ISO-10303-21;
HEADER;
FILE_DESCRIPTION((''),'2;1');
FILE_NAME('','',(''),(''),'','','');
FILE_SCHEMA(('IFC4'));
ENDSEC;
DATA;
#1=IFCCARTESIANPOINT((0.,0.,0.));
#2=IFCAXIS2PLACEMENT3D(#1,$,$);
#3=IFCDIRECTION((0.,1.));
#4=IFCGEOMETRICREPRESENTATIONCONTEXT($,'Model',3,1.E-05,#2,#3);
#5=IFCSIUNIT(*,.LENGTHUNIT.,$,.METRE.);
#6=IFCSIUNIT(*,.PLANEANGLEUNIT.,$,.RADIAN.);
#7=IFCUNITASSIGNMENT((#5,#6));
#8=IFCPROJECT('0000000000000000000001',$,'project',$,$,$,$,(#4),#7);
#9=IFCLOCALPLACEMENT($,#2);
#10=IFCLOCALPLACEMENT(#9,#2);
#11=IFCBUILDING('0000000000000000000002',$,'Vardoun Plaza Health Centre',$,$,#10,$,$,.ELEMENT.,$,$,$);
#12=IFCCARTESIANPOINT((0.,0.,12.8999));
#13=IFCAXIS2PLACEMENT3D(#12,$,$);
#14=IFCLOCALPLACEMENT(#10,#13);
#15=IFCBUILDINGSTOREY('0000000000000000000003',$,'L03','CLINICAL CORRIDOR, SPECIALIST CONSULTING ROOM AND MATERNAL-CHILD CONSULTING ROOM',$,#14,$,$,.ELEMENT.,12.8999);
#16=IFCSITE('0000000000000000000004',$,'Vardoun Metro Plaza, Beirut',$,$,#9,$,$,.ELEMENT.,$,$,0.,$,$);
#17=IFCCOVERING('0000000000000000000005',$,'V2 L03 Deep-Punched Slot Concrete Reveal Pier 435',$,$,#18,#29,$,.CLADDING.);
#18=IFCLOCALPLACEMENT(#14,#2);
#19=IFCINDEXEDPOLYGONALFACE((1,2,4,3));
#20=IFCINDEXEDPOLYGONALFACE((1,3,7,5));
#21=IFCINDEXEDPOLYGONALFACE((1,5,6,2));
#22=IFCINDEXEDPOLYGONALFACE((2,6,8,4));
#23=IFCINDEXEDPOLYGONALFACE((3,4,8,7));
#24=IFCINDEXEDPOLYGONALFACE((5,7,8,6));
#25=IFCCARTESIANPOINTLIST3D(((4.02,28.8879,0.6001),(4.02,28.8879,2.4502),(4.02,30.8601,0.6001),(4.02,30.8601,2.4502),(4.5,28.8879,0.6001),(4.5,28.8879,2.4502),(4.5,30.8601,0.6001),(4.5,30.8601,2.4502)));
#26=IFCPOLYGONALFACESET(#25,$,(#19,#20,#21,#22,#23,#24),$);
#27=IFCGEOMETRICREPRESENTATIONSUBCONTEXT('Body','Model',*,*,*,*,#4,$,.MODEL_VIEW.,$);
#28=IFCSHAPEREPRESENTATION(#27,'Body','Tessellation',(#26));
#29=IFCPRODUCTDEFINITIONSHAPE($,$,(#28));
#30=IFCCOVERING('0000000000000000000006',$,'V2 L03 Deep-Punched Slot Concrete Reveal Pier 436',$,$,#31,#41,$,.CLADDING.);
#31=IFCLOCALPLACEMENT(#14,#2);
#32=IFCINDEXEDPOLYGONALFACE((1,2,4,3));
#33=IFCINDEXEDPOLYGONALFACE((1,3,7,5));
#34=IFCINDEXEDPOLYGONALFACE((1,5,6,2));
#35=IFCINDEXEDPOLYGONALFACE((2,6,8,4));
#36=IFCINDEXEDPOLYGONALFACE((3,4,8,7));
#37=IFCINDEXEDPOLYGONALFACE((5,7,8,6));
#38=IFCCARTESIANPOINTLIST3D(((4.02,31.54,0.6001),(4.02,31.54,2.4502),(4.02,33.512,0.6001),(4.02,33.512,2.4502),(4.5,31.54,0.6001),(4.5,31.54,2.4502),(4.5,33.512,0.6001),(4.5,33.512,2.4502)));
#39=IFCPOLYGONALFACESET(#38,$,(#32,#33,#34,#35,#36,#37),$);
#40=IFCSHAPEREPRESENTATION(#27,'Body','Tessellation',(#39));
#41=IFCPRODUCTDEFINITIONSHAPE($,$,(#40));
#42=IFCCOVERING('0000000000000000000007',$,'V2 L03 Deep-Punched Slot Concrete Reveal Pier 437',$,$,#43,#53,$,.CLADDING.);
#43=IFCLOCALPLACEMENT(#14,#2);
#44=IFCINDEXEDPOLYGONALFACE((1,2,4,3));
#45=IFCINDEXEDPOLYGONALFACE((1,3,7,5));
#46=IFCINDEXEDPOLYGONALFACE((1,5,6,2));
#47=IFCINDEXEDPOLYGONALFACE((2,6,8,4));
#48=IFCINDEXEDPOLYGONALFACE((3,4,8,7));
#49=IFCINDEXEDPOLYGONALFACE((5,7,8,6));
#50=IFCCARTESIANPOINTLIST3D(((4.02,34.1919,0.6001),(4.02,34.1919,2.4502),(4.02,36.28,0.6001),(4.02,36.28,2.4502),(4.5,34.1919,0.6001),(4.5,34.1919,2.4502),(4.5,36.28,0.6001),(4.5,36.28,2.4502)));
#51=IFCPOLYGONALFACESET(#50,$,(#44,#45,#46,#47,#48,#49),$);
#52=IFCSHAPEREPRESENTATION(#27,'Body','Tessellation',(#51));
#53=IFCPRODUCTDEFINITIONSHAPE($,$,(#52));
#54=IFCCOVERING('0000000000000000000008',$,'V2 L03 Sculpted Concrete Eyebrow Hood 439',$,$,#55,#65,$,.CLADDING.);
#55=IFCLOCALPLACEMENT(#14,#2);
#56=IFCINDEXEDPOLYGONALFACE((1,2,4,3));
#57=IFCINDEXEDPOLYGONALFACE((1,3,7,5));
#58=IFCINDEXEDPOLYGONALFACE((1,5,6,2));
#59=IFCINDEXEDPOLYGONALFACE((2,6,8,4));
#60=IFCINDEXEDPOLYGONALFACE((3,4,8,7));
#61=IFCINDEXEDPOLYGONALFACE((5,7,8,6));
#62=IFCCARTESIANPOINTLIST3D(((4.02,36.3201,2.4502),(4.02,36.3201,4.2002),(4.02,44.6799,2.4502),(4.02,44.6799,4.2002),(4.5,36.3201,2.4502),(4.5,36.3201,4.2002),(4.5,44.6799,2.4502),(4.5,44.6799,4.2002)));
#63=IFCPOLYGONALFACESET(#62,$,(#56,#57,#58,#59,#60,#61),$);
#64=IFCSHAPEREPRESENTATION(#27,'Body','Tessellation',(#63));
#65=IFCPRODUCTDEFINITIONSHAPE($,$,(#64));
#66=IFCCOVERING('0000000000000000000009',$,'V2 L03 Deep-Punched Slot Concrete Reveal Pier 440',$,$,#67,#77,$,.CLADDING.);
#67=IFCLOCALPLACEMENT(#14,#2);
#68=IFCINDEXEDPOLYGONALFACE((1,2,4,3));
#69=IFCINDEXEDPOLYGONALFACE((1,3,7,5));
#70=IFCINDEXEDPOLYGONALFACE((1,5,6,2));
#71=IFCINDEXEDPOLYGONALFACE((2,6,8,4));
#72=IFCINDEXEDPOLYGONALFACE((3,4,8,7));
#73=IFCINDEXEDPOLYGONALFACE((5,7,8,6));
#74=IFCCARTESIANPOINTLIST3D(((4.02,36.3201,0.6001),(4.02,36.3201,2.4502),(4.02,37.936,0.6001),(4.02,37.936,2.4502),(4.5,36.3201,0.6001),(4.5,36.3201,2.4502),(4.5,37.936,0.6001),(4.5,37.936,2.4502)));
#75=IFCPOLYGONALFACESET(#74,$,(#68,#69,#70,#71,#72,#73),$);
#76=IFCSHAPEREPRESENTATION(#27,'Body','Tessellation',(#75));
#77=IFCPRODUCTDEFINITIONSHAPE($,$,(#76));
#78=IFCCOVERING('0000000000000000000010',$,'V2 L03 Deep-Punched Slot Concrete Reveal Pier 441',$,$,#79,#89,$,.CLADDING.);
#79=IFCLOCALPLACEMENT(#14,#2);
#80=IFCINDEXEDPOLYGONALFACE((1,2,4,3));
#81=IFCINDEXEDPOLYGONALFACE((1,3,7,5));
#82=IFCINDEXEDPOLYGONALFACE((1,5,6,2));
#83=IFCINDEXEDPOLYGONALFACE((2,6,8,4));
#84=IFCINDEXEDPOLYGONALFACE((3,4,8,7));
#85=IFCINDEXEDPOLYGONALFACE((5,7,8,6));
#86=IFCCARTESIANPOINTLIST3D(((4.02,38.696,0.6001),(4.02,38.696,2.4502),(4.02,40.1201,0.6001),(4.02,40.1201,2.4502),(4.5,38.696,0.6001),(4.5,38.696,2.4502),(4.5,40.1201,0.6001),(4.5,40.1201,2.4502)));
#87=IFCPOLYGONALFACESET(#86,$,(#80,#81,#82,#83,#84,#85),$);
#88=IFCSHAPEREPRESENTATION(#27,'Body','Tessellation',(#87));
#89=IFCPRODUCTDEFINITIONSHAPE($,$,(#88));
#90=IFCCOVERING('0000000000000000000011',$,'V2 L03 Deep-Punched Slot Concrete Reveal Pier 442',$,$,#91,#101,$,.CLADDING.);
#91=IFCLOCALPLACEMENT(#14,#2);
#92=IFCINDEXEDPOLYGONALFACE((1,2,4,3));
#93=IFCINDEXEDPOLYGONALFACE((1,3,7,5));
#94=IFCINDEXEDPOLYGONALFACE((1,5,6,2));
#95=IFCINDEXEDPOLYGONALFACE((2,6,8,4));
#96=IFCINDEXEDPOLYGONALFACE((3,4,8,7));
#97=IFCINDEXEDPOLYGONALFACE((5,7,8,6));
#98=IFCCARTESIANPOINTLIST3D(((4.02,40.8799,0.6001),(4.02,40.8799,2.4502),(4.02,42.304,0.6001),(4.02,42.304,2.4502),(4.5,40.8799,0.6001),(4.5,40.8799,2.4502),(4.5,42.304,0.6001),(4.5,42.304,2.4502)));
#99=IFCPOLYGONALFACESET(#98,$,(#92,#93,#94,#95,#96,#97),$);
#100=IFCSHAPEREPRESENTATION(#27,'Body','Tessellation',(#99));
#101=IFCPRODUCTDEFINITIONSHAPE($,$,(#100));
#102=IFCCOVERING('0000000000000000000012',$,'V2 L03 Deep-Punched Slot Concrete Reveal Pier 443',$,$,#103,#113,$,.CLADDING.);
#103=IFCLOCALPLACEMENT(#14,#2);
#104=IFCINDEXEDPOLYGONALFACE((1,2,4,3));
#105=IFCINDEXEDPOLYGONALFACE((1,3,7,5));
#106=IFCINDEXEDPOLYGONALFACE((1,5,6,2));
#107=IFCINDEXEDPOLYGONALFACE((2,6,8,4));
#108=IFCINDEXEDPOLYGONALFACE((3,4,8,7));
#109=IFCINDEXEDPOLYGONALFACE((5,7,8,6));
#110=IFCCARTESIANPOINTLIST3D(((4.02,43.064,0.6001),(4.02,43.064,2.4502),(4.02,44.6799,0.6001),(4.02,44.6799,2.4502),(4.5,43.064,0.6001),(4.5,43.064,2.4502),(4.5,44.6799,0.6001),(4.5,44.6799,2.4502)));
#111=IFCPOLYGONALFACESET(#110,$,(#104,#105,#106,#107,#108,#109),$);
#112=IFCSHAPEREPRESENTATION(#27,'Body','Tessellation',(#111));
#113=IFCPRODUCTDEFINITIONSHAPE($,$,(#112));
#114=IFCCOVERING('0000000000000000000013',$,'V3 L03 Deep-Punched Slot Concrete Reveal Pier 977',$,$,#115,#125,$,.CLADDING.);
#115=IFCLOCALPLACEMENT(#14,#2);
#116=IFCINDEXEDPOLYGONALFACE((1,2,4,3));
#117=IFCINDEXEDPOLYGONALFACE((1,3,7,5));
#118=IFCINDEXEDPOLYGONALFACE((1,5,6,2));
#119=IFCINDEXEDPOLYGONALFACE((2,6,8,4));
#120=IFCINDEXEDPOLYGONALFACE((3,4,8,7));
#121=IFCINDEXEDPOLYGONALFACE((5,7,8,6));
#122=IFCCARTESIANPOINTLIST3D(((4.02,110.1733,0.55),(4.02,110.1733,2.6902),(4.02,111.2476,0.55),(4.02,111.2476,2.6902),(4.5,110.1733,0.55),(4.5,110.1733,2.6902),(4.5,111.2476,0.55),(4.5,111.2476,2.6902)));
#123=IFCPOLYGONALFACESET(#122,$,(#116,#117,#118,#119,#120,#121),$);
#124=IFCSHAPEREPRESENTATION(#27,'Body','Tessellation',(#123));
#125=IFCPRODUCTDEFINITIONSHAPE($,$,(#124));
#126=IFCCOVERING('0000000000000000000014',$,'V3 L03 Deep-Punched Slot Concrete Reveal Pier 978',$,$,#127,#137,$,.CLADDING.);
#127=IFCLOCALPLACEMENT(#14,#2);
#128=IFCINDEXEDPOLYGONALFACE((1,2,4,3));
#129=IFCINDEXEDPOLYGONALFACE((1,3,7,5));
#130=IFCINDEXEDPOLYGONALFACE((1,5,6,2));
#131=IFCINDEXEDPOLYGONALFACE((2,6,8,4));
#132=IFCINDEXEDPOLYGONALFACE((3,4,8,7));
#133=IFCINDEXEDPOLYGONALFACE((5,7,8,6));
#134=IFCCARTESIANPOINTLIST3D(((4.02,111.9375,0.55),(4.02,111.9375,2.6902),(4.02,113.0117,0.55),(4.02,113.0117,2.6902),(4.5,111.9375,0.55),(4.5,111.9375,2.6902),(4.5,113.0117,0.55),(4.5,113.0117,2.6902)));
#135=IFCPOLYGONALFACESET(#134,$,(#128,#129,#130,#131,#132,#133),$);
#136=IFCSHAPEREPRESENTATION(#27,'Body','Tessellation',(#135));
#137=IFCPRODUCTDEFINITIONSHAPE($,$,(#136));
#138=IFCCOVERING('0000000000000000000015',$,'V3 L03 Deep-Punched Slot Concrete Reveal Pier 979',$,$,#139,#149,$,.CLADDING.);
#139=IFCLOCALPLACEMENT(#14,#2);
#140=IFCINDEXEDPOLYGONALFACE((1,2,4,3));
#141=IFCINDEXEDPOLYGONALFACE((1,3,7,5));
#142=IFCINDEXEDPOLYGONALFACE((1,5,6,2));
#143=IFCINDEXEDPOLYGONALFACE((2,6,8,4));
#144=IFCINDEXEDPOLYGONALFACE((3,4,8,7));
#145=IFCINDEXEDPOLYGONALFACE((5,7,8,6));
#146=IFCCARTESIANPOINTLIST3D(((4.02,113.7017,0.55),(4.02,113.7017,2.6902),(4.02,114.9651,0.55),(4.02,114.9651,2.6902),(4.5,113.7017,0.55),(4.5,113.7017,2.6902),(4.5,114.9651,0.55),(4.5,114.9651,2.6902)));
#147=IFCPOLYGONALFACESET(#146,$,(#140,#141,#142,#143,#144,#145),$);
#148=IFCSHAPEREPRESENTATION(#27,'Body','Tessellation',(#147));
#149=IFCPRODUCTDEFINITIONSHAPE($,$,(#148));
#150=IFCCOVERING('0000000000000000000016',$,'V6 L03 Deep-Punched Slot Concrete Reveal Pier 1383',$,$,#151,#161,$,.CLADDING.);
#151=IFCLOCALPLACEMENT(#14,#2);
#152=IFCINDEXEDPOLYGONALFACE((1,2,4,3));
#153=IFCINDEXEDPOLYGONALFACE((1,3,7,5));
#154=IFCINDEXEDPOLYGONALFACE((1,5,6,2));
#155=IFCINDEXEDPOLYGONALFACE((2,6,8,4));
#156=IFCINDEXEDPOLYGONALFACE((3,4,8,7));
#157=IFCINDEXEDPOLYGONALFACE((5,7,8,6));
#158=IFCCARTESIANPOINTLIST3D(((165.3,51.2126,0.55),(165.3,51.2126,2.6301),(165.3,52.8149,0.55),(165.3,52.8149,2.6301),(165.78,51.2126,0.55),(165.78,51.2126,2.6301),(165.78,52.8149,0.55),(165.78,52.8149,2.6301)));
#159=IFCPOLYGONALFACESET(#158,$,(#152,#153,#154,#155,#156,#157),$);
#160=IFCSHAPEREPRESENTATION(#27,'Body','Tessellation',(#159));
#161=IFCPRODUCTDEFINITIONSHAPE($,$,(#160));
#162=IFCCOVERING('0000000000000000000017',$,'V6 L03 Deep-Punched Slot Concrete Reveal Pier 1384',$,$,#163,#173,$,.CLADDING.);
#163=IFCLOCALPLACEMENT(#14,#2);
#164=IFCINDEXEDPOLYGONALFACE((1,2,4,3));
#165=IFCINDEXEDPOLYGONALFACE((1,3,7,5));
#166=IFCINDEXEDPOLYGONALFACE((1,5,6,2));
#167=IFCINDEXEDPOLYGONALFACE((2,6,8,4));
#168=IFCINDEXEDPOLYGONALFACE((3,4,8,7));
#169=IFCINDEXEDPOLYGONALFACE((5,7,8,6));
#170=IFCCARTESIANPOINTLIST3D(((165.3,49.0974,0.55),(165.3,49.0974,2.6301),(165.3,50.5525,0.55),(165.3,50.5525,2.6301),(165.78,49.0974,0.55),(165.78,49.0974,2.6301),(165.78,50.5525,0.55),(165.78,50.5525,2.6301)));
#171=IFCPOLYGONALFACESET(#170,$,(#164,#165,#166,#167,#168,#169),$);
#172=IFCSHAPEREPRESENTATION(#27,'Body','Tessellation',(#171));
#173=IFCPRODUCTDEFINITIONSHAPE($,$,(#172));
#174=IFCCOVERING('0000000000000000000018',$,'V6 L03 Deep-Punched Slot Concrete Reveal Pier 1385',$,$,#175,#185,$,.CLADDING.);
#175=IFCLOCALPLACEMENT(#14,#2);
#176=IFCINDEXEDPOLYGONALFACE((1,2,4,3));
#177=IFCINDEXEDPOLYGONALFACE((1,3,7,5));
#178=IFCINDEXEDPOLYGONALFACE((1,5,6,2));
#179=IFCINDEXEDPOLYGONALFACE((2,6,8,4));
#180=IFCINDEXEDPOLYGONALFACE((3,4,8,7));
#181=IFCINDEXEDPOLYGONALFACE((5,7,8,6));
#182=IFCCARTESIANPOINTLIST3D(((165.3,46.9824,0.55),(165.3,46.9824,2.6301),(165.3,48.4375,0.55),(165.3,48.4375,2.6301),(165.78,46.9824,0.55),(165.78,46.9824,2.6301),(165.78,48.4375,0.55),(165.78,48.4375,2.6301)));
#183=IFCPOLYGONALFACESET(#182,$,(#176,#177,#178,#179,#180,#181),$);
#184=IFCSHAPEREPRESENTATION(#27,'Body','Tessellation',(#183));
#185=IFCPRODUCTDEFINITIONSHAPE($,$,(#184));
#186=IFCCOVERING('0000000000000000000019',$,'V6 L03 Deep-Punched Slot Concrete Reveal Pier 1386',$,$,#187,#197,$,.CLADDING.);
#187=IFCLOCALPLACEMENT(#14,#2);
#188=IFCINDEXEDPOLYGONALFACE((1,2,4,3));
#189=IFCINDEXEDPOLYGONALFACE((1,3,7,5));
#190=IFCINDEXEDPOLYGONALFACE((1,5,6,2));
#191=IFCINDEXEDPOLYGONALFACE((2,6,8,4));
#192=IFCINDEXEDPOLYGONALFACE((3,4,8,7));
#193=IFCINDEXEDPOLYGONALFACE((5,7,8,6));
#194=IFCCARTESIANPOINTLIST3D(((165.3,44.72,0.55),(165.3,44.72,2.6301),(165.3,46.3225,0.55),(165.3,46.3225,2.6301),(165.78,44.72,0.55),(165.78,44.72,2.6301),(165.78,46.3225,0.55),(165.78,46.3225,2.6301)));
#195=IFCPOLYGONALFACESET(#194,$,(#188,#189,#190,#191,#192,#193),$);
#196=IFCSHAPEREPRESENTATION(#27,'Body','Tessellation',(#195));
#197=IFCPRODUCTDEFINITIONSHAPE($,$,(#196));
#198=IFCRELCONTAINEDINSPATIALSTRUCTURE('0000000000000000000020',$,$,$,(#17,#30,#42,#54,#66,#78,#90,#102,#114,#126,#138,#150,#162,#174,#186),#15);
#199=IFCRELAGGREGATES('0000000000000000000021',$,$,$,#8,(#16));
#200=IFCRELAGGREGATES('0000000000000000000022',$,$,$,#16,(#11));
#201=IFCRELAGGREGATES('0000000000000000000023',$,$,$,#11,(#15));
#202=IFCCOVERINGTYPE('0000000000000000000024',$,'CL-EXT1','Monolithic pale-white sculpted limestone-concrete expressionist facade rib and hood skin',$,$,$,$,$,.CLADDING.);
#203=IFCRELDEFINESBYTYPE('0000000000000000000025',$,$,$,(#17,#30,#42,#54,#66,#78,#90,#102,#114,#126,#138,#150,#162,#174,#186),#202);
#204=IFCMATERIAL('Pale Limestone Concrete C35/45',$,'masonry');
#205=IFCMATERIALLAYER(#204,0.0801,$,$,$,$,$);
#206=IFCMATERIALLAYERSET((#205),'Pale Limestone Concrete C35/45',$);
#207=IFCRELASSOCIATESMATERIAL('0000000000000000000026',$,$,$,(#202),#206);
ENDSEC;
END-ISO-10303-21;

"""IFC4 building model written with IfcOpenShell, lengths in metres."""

from ifc_helpers import new_model, si_unit, direction, frame, origin, place, context, subcontext, project, spatial, polyline, outline, extrude, material, layer, layer_set, type_object, element, save


model = new_model("IFC4")

# Units and contexts
model_context = context("Model", 3, precision=1e-05, world=origin(), true_north=direction((0.0, 1.0)))
body_context = subcontext(model_context, "Body", "Model", "MODEL_VIEW")
ifc_project = project(units=[si_unit("LENGTHUNIT", "METRE"), si_unit("PLANEANGLEUNIT", "RADIAN")], contexts=[model_context])

# Site, building, storey
site_placement = place(None, origin())
site = spatial("IfcSite", under=ifc_project, at=site_placement, Name="Vardoun Metro Plaza, Beirut", CompositionType="ELEMENT", RefElevation=0.0)
building_placement = place(site_placement, origin())
building = spatial("IfcBuilding", under=site, at=building_placement, Name="Vardoun Plaza Health Centre", CompositionType="ELEMENT")
storey_placement = place(building_placement, frame((0.0, 0.0, 12.8999)))
storey = spatial("IfcBuildingStorey", under=building, at=storey_placement, Name="L03", Description="CLINICAL CORRIDOR, SPECIALIST CONSULTING ROOM AND MATERNAL-CHILD CONSULTING ROOM", CompositionType="ELEMENT", Elevation=12.8999)

# Coverings
ifc_material = material(Name="Pale Limestone Concrete C35/45", Category="masonry")
ifc_layer = layer(ifc_material, 0.0801)
ifc_layer_set = layer_set([ifc_layer], Name="Pale Limestone Concrete C35/45")
covering_type = type_object("IfcCoveringType", Name="CL-EXT1", Description="Monolithic pale-white sculpted limestone-concrete expressionist facade rib and hood skin", PredefinedType="CLADDING", material=ifc_layer_set)
covering_1_placement = place(storey_placement, frame((0.0, 0.0, 0.6001)))
element("IfcCovering", 1, at=covering_1_placement, inside=storey, type_object=covering_type, Name="V2 L03 Deep-Punched Slot Concrete Reveal Pier 435", PredefinedType="CLADDING", context=body_context, shape_type="SweptSolid", body=[
    extrude(outline(polyline([(4.5, 28.8879), (4.5, 30.8601), (4.02, 30.8601), (4.02, 28.8879), (4.5, 28.8879)])), origin(), (0.0, 0.0, 1.0), 1.8501),
])
covering_2_placement = place(storey_placement, frame((0.0, 0.0, 0.6001)))
element("IfcCovering", 2, at=covering_2_placement, inside=storey, type_object=covering_type, Name="V2 L03 Deep-Punched Slot Concrete Reveal Pier 436", PredefinedType="CLADDING", context=body_context, shape_type="SweptSolid", body=[
    extrude(outline(polyline([(4.5, 31.54), (4.5, 33.512), (4.02, 33.512), (4.02, 31.54), (4.5, 31.54)])), origin(), (0.0, 0.0, 1.0), 1.8501),
])
covering_3_placement = place(storey_placement, frame((0.0, 0.0, 0.6001)))
element("IfcCovering", 3, at=covering_3_placement, inside=storey, type_object=covering_type, Name="V2 L03 Deep-Punched Slot Concrete Reveal Pier 437", PredefinedType="CLADDING", context=body_context, shape_type="SweptSolid", body=[
    extrude(outline(polyline([(4.5, 34.1919), (4.5, 36.28), (4.02, 36.28), (4.02, 34.1919), (4.5, 34.1919)])), origin(), (0.0, 0.0, 1.0), 1.8501),
])
covering_4_placement = place(storey_placement, frame((0.0, 0.0, 2.4502)))
element("IfcCovering", 4, at=covering_4_placement, inside=storey, type_object=covering_type, Name="V2 L03 Sculpted Concrete Eyebrow Hood 439", PredefinedType="CLADDING", context=body_context, shape_type="SweptSolid", body=[
    extrude(outline(polyline([(4.5, 36.3201), (4.5, 44.6799), (4.02, 44.6799), (4.02, 36.3201), (4.5, 36.3201)])), origin(), (0.0, 0.0, 1.0), 1.75),
])
covering_5_placement = place(storey_placement, frame((0.0, 0.0, 0.6001)))
element("IfcCovering", 5, at=covering_5_placement, inside=storey, type_object=covering_type, Name="V2 L03 Deep-Punched Slot Concrete Reveal Pier 440", PredefinedType="CLADDING", context=body_context, shape_type="SweptSolid", body=[
    extrude(outline(polyline([(4.5, 36.3201), (4.5, 37.936), (4.02, 37.936), (4.02, 36.3201), (4.5, 36.3201)])), origin(), (0.0, 0.0, 1.0), 1.8501),
])
covering_6_placement = place(storey_placement, frame((0.0, 0.0, 0.6001)))
element("IfcCovering", 6, at=covering_6_placement, inside=storey, type_object=covering_type, Name="V2 L03 Deep-Punched Slot Concrete Reveal Pier 441", PredefinedType="CLADDING", context=body_context, shape_type="SweptSolid", body=[
    extrude(outline(polyline([(4.5, 38.696), (4.5, 40.1201), (4.02, 40.1201), (4.02, 38.696), (4.5, 38.696)])), origin(), (0.0, 0.0, 1.0), 1.8501),
])
covering_7_placement = place(storey_placement, frame((0.0, 0.0, 0.6001)))
element("IfcCovering", 7, at=covering_7_placement, inside=storey, type_object=covering_type, Name="V2 L03 Deep-Punched Slot Concrete Reveal Pier 442", PredefinedType="CLADDING", context=body_context, shape_type="SweptSolid", body=[
    extrude(outline(polyline([(4.5, 40.8799), (4.5, 42.304), (4.02, 42.304), (4.02, 40.8799), (4.5, 40.8799)])), origin(), (0.0, 0.0, 1.0), 1.8501),
])
covering_8_placement = place(storey_placement, frame((0.0, 0.0, 0.6001)))
element("IfcCovering", 8, at=covering_8_placement, inside=storey, type_object=covering_type, Name="V2 L03 Deep-Punched Slot Concrete Reveal Pier 443", PredefinedType="CLADDING", context=body_context, shape_type="SweptSolid", body=[
    extrude(outline(polyline([(4.5, 43.064), (4.5, 44.6799), (4.02, 44.6799), (4.02, 43.064), (4.5, 43.064)])), origin(), (0.0, 0.0, 1.0), 1.8501),
])
covering_9_placement = place(storey_placement, frame((0.0, 0.0, 0.55)))
element("IfcCovering", 9, at=covering_9_placement, inside=storey, type_object=covering_type, Name="V3 L03 Deep-Punched Slot Concrete Reveal Pier 977", PredefinedType="CLADDING", context=body_context, shape_type="SweptSolid", body=[
    extrude(outline(polyline([(4.5, 110.1733), (4.5, 111.2476), (4.02, 111.2476), (4.02, 110.1733), (4.5, 110.1733)])), origin(), (0.0, 0.0, 1.0), 2.1401),
])
covering_10_placement = place(storey_placement, frame((0.0, 0.0, 0.55)))
element("IfcCovering", 10, at=covering_10_placement, inside=storey, type_object=covering_type, Name="V3 L03 Deep-Punched Slot Concrete Reveal Pier 978", PredefinedType="CLADDING", context=body_context, shape_type="SweptSolid", body=[
    extrude(outline(polyline([(4.5, 111.9375), (4.5, 113.0117), (4.02, 113.0117), (4.02, 111.9375), (4.5, 111.9375)])), origin(), (0.0, 0.0, 1.0), 2.1401),
])
covering_11_placement = place(storey_placement, frame((0.0, 0.0, 0.55)))
element("IfcCovering", 11, at=covering_11_placement, inside=storey, type_object=covering_type, Name="V3 L03 Deep-Punched Slot Concrete Reveal Pier 979", PredefinedType="CLADDING", context=body_context, shape_type="SweptSolid", body=[
    extrude(outline(polyline([(4.5, 113.7017), (4.5, 114.9651), (4.02, 114.9651), (4.02, 113.7017), (4.5, 113.7017)])), origin(), (0.0, 0.0, 1.0), 2.1401),
])
covering_12_placement = place(storey_placement, frame((0.0, 0.0, 0.55)))
element("IfcCovering", 12, at=covering_12_placement, inside=storey, type_object=covering_type, Name="V6 L03 Deep-Punched Slot Concrete Reveal Pier 1383", PredefinedType="CLADDING", context=body_context, shape_type="SweptSolid", body=[
    extrude(outline(polyline([(165.3, 52.8149), (165.3, 51.2126), (165.78, 51.2126), (165.78, 52.8149), (165.3, 52.8149)])), origin(), (0.0, 0.0, 1.0), 2.0801),
])
covering_13_placement = place(storey_placement, frame((0.0, 0.0, 0.55)))
element("IfcCovering", 13, at=covering_13_placement, inside=storey, type_object=covering_type, Name="V6 L03 Deep-Punched Slot Concrete Reveal Pier 1384", PredefinedType="CLADDING", context=body_context, shape_type="SweptSolid", body=[
    extrude(outline(polyline([(165.3, 50.5525), (165.3, 49.0974), (165.78, 49.0974), (165.78, 50.5525), (165.3, 50.5525)])), origin(), (0.0, 0.0, 1.0), 2.0801),
])
covering_14_placement = place(storey_placement, frame((0.0, 0.0, 0.55)))
element("IfcCovering", 14, at=covering_14_placement, inside=storey, type_object=covering_type, Name="V6 L03 Deep-Punched Slot Concrete Reveal Pier 1385", PredefinedType="CLADDING", context=body_context, shape_type="SweptSolid", body=[
    extrude(outline(polyline([(165.3, 48.4375), (165.3, 46.9824), (165.78, 46.9824), (165.78, 48.4375), (165.3, 48.4375)])), origin(), (0.0, 0.0, 1.0), 2.0801),
])
covering_15_placement = place(storey_placement, frame((0.0, 0.0, 0.55)))
element("IfcCovering", 15, at=covering_15_placement, inside=storey, type_object=covering_type, Name="V6 L03 Deep-Punched Slot Concrete Reveal Pier 1386", PredefinedType="CLADDING", context=body_context, shape_type="SweptSolid", body=[
    extrude(outline(polyline([(165.3, 46.3225), (165.3, 44.72), (165.78, 44.72), (165.78, 46.3225), (165.3, 46.3225)])), origin(), (0.0, 0.0, 1.0), 2.0801),
])

save(model, "model.ifc")
